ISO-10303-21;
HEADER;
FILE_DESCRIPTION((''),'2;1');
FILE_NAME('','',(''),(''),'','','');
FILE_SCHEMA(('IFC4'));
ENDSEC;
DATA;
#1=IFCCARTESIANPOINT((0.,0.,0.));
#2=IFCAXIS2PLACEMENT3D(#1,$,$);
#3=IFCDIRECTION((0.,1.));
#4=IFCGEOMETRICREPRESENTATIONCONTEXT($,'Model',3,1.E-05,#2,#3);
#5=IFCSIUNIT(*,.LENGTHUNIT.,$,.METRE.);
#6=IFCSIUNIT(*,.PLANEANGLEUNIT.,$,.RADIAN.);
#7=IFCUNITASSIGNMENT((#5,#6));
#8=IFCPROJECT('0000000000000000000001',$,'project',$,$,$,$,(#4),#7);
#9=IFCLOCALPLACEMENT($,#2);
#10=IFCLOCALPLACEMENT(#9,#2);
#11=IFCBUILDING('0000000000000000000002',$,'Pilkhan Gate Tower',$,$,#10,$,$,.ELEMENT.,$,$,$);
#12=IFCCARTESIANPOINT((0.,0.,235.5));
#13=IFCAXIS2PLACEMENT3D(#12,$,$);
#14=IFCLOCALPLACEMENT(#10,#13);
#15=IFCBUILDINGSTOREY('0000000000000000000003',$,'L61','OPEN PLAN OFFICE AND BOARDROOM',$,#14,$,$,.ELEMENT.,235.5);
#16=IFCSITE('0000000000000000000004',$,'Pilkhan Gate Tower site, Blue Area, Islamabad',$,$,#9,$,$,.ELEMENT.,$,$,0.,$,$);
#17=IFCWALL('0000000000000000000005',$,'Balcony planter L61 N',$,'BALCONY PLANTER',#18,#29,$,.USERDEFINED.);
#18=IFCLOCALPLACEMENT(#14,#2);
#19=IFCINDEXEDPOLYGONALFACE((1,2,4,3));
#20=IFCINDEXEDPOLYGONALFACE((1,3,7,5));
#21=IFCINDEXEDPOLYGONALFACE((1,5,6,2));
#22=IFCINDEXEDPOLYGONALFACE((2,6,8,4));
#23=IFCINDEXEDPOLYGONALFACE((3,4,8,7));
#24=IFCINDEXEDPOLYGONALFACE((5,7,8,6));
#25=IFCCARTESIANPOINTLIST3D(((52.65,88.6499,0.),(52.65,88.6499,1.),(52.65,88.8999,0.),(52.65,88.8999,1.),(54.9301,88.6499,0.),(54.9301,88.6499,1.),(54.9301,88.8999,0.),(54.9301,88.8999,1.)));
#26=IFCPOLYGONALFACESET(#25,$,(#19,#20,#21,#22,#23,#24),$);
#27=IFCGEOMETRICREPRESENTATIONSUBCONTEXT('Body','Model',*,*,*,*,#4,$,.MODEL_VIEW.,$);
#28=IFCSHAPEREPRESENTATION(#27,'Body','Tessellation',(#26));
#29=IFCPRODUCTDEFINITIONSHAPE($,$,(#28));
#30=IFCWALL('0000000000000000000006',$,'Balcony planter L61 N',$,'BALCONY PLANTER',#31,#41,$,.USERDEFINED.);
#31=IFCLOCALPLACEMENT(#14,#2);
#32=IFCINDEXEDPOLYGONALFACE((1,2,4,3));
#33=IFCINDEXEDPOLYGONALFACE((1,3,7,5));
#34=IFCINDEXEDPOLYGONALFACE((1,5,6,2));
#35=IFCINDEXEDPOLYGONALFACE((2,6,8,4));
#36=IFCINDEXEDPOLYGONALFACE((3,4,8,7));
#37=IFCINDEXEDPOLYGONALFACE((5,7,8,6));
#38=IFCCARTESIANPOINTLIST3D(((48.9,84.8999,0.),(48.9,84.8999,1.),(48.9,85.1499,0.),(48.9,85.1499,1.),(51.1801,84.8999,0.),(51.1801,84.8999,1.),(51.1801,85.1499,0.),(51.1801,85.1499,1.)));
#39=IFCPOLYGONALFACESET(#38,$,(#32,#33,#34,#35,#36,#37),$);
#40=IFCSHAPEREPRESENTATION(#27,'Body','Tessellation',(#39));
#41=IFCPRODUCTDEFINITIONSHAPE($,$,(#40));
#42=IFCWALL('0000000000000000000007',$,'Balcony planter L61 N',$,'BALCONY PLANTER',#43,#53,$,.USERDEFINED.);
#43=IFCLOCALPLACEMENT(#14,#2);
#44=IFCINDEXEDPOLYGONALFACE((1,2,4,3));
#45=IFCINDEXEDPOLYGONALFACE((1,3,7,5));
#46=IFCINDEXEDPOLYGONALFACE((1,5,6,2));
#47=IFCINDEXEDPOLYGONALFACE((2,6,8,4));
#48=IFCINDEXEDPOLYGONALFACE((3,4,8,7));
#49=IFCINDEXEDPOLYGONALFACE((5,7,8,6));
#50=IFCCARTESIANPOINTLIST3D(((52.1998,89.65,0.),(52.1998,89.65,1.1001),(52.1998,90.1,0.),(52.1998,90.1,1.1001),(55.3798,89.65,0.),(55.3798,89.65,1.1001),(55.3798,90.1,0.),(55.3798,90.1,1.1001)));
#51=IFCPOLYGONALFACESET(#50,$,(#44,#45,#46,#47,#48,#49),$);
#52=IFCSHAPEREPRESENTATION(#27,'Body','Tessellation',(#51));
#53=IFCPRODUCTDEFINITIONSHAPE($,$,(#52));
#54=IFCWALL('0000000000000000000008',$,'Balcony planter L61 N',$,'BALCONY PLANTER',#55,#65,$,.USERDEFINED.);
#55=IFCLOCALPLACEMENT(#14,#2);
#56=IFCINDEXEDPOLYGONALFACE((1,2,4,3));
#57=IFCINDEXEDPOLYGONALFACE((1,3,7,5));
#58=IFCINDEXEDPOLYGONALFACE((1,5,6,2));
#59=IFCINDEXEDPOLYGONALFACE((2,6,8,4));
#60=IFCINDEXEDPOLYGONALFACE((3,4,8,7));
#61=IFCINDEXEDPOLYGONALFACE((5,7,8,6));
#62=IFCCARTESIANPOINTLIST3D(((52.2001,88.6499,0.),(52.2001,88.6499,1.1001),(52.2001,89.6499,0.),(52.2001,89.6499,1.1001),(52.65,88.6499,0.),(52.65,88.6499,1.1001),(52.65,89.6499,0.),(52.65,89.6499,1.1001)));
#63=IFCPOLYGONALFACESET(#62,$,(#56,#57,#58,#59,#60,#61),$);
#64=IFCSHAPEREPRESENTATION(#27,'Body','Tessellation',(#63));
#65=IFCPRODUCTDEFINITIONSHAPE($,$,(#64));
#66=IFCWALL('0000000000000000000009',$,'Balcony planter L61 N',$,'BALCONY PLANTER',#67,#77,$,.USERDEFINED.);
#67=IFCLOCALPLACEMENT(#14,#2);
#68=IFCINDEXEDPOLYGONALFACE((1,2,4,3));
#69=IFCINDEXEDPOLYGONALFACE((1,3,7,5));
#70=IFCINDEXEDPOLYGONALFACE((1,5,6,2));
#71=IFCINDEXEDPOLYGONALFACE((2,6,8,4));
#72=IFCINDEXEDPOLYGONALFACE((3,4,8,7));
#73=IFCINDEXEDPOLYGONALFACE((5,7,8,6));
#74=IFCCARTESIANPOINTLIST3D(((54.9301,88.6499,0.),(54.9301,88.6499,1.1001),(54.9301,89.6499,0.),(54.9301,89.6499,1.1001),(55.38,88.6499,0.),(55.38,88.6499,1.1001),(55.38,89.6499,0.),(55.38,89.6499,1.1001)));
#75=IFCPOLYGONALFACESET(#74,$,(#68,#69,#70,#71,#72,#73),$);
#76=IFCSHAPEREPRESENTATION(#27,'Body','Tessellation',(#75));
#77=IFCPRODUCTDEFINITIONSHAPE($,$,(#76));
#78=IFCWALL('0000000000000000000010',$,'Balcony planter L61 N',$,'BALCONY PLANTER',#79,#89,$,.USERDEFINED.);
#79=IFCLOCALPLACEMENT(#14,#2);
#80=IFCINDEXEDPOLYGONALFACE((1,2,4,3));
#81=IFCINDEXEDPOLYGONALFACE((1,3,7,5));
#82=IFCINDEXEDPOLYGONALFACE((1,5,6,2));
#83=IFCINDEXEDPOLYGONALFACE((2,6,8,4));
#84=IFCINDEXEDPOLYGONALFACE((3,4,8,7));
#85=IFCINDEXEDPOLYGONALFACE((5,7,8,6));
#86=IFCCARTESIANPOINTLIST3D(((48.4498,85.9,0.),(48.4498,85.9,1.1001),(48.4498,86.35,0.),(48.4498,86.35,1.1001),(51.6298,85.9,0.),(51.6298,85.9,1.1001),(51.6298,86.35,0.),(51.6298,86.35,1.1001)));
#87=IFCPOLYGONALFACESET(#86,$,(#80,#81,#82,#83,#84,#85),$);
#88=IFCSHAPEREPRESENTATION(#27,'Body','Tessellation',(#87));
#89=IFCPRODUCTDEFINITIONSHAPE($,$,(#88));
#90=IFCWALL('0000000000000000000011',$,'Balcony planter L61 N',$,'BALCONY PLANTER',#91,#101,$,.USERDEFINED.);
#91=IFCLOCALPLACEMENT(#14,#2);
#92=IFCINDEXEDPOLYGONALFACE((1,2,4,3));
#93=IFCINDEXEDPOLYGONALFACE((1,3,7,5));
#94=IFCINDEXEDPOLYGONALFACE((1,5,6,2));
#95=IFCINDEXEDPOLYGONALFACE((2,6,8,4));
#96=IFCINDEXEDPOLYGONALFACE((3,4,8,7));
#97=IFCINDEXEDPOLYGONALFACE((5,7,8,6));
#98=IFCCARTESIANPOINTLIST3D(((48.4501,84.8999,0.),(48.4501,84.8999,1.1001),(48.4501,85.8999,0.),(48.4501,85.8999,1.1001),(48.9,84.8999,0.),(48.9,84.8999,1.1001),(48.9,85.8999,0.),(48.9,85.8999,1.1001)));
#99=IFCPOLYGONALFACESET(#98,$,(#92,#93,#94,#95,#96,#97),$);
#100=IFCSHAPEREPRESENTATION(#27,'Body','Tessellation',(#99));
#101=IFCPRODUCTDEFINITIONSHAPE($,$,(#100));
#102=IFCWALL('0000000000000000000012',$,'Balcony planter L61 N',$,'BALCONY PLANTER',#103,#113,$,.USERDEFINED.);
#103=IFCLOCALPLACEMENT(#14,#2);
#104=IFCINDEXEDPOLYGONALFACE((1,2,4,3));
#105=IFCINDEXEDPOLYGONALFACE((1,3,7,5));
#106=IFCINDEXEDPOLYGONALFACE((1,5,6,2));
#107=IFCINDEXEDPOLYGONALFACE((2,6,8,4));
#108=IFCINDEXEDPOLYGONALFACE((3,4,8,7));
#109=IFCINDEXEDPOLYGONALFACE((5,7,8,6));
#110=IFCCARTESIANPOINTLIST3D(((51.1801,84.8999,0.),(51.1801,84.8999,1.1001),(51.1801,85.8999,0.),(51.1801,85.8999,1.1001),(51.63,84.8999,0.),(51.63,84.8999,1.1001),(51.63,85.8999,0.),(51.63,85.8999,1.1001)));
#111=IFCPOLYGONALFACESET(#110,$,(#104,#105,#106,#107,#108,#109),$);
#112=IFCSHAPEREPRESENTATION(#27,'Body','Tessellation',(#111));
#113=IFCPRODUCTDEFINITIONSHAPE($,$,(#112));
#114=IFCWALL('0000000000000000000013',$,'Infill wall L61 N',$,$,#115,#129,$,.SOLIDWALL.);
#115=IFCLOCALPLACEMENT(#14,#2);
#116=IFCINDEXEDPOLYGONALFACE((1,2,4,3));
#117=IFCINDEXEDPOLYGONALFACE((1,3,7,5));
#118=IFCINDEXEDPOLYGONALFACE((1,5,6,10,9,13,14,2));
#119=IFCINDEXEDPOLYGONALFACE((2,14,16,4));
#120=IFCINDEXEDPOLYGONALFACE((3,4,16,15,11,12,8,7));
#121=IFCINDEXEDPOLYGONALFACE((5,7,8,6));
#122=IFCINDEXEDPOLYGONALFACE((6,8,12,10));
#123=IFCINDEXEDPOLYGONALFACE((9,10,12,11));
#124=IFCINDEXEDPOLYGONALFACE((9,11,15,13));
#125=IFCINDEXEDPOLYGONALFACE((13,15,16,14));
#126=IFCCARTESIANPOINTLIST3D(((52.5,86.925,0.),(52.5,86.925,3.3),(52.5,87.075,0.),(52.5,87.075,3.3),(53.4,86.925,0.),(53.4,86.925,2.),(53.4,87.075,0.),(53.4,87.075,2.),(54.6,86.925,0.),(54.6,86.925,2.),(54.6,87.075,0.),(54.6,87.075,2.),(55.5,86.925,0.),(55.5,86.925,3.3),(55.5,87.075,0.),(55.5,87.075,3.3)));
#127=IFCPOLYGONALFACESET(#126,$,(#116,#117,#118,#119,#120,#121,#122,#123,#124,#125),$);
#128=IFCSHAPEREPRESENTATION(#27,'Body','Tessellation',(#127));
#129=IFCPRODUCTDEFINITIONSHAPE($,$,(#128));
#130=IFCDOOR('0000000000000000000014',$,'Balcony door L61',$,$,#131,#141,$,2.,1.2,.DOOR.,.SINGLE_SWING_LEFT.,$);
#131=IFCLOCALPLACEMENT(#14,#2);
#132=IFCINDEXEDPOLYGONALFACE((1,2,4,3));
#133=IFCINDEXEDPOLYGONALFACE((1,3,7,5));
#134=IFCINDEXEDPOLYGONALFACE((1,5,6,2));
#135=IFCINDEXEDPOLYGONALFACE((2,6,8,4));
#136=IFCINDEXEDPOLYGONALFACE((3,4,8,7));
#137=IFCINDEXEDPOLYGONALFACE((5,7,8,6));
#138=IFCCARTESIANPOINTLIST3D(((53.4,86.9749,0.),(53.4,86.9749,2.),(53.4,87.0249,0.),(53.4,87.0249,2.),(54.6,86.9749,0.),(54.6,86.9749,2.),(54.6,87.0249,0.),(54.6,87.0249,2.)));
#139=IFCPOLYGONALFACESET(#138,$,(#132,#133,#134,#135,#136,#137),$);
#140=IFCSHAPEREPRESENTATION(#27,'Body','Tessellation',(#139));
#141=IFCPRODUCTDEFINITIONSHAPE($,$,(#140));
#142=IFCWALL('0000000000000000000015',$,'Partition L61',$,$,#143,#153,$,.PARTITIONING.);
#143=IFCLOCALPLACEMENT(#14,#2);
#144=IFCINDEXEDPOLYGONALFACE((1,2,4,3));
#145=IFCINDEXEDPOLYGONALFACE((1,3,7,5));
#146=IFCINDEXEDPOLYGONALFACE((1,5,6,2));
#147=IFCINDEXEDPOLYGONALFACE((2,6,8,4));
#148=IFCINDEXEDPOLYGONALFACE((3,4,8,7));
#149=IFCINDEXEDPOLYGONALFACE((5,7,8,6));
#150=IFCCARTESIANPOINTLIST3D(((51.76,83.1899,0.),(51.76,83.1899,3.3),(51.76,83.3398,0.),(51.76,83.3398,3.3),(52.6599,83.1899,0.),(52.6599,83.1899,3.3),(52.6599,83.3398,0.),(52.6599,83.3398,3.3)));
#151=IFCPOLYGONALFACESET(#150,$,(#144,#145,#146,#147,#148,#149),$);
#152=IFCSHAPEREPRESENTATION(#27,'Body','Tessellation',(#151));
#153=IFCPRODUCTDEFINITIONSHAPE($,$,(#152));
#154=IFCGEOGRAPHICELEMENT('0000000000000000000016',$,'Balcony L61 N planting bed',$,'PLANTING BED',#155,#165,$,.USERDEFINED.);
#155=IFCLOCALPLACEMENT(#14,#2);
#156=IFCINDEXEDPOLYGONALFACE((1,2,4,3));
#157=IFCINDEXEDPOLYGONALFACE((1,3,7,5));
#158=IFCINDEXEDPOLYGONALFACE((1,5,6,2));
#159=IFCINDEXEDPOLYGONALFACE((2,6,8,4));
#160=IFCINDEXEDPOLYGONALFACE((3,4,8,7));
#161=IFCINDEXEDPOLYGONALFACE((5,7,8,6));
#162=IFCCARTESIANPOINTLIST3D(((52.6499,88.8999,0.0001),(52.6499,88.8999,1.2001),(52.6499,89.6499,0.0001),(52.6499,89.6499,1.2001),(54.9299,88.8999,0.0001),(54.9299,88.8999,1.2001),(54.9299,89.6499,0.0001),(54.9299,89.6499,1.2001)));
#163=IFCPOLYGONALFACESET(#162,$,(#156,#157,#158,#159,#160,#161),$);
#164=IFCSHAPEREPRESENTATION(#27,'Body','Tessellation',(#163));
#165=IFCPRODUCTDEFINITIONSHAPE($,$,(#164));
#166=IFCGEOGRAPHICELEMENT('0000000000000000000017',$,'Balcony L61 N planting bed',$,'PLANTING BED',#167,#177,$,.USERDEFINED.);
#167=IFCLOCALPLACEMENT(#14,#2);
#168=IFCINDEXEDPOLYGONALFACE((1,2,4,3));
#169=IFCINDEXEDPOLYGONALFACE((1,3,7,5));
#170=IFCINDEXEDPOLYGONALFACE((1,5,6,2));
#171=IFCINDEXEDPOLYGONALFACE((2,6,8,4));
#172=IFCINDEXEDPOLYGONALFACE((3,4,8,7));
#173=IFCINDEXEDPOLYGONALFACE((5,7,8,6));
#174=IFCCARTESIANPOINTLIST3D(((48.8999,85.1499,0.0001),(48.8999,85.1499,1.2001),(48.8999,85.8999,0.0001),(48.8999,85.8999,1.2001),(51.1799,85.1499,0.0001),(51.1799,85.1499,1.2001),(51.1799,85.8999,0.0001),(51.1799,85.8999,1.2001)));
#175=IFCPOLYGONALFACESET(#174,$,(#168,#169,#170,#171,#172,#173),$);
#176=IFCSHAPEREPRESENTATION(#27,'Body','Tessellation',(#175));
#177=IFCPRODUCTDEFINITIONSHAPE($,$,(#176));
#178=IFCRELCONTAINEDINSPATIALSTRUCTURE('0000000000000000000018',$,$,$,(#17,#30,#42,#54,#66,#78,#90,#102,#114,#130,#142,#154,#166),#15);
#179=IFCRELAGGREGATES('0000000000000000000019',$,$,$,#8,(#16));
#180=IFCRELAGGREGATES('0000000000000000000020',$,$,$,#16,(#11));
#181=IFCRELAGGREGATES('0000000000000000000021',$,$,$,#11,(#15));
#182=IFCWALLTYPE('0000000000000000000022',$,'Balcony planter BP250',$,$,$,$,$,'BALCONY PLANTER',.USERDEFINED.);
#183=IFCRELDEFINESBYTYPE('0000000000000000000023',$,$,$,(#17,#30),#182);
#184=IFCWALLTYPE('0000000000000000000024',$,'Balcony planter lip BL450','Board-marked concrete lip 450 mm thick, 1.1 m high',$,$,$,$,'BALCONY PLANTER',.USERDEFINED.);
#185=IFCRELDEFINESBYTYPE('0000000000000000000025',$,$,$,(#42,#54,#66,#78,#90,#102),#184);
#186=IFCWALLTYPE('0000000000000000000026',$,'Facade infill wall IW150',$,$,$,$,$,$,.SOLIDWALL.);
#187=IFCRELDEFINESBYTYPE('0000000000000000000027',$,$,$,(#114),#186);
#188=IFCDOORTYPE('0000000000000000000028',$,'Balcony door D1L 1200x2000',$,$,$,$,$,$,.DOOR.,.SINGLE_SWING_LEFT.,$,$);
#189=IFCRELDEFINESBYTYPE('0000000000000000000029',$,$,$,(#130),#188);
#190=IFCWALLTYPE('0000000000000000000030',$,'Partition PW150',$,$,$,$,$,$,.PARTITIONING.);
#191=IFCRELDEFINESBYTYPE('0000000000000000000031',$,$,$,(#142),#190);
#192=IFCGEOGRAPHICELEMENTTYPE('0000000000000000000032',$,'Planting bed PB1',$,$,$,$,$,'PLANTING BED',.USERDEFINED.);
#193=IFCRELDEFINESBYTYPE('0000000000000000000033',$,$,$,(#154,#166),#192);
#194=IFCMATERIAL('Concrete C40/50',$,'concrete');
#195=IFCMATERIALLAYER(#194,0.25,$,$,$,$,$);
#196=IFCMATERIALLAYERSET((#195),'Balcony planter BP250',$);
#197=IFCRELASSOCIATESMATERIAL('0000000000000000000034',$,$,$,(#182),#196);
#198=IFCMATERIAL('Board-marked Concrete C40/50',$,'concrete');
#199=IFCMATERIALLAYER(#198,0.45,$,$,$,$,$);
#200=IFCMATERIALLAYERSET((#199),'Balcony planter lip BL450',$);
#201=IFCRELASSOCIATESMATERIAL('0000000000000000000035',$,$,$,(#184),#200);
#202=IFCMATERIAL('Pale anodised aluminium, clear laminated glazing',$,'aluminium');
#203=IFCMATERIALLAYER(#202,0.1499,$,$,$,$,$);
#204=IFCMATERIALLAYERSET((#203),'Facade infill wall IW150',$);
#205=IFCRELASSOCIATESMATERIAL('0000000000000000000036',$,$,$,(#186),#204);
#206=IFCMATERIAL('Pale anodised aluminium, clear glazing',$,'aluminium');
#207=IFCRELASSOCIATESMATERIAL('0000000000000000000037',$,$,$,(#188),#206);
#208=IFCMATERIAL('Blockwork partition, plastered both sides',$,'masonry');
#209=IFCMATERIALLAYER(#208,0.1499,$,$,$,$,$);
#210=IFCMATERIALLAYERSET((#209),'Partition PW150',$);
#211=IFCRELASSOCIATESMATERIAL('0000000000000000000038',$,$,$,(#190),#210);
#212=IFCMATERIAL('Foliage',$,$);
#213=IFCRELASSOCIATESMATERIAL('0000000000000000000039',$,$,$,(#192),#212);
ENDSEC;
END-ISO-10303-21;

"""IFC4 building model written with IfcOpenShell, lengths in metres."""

from ifc_helpers import new_model, si_unit, direction, frame, frame_2d, origin, origin_2d, place, context, subcontext, project, spatial, rectangle, extrude, material, layer, layer_set, material_profile, profile_set, type_object, element, fill, save


model = new_model("IFC4")

# Units and contexts
model_context = context("Model", 3, precision=1e-05, world=origin(), true_north=direction((0.0, 1.0)))
body_context = subcontext(model_context, "Body", "Model", "MODEL_VIEW")
ifc_project = project(units=[si_unit("LENGTHUNIT", "METRE"), si_unit("PLANEANGLEUNIT", "RADIAN")], contexts=[model_context])

# Site, building, storey
site_placement = place(None, origin())
site = spatial("IfcSite", under=ifc_project, at=site_placement, Name="Pilkhan Gate Tower site, Blue Area, Islamabad", CompositionType="ELEMENT", RefElevation=0.0)
building_placement = place(site_placement, origin())
building = spatial("IfcBuilding", under=site, at=building_placement, Name="Pilkhan Gate Tower", CompositionType="ELEMENT")
storey_placement = place(building_placement, frame((0.0, 0.0, 235.5)))
storey = spatial("IfcBuildingStorey", under=building, at=storey_placement, Name="L61", Description="OPEN PLAN OFFICE AND BOARDROOM", CompositionType="ELEMENT", Elevation=235.5)

# Walls
ifc_material_1 = material(Name="Concrete C40/50", Category="concrete")
ifc_layer_1 = layer(ifc_material_1, 0.25)
ifc_layer_set_1 = layer_set([ifc_layer_1], Name="Balcony planter BP250")
wall_type_1 = type_object("IfcWallType", Name="Balcony planter BP250", ElementType="BALCONY PLANTER", PredefinedType="USERDEFINED", material=ifc_layer_set_1)
for number, where, z_axis, x_axis, name in (
    (1, (52.6499, 88.7749, 0.0), (0.0, 0.0, 1.0), (1.0, 0.0, 0.0), "Balcony planter L61 N"),
    (2, (48.8999, 85.0249, 0.0), (0.0, 0.0, 1.0), (1.0, 0.0, 0.0), "Balcony planter L61 N"),
):
    element("IfcWall", number, at=place(storey_placement, frame(where, z_axis=z_axis, x_axis=x_axis)), inside=storey, type_object=wall_type_1, Name=name, ObjectType="BALCONY PLANTER", PredefinedType="USERDEFINED", context=body_context, shape_type="SweptSolid", body=[
        extrude(rectangle(XDim=2.28, YDim=0.25, at=frame_2d((1.1401, 0.0))), origin(), (0.0, 0.0, 1.0), 1.0),
    ])
ifc_material_2 = material(Name="Board-marked Concrete C40/50", Category="concrete")
ifc_layer_2 = layer(ifc_material_2, 0.45)
ifc_layer_set_2 = layer_set([ifc_layer_2], Name="Balcony planter lip BL450")
wall_type_2 = type_object("IfcWallType", Name="Balcony planter lip BL450", Description="Board-marked concrete lip 450 mm thick, 1.1 m high", ElementType="BALCONY PLANTER", PredefinedType="USERDEFINED", material=ifc_layer_set_2)
wall_1_placement = place(storey_placement, frame((52.2, 89.875, 0.0), z_axis=(0.0, 0.0, 1.0), x_axis=(1.0, 0.0, 0.0)))
element("IfcWall", 3, at=wall_1_placement, inside=storey, type_object=wall_type_2, Name="Balcony planter L61 N", ObjectType="BALCONY PLANTER", PredefinedType="USERDEFINED", context=body_context, shape_type="SweptSolid", body=[
    extrude(rectangle(XDim=3.1799, YDim=0.45, at=frame_2d((1.5898, 0.0))), origin(), (0.0, 0.0, 1.0), 1.1001),
])
for number, where, z_axis, x_axis, name in (
    (4, (52.425, 88.6499, 0.0), (0.0, 0.0, 1.0), (0.0, 1.0, 0.0), "Balcony planter L61 N"),
    (5, (55.155, 88.6499, 0.0), (0.0, 0.0, 1.0), (0.0, 1.0, 0.0), "Balcony planter L61 N"),
):
    element("IfcWall", number, at=place(storey_placement, frame(where, z_axis=z_axis, x_axis=x_axis)), inside=storey, type_object=wall_type_2, Name=name, ObjectType="BALCONY PLANTER", PredefinedType="USERDEFINED", context=body_context, shape_type="SweptSolid", body=[
        extrude(rectangle(XDim=1.0, YDim=0.45, at=frame_2d((0.5, 0.0))), origin(), (0.0, 0.0, 1.0), 1.1001),
    ])
wall_2_placement = place(storey_placement, frame((48.45, 86.125, 0.0), z_axis=(0.0, 0.0, 1.0), x_axis=(1.0, 0.0, 0.0)))
element("IfcWall", 6, at=wall_2_placement, inside=storey, type_object=wall_type_2, Name="Balcony planter L61 N", ObjectType="BALCONY PLANTER", PredefinedType="USERDEFINED", context=body_context, shape_type="SweptSolid", body=[
    extrude(rectangle(XDim=3.1799, YDim=0.45, at=frame_2d((1.5898, 0.0))), origin(), (0.0, 0.0, 1.0), 1.1001),
])
for number, where, z_axis, x_axis, name in (
    (7, (48.675, 84.8999, 0.0), (0.0, 0.0, 1.0), (0.0, 1.0, 0.0), "Balcony planter L61 N"),
    (8, (51.405, 84.8999, 0.0), (0.0, 0.0, 1.0), (0.0, 1.0, 0.0), "Balcony planter L61 N"),
):
    element("IfcWall", number, at=place(storey_placement, frame(where, z_axis=z_axis, x_axis=x_axis)), inside=storey, type_object=wall_type_2, Name=name, ObjectType="BALCONY PLANTER", PredefinedType="USERDEFINED", context=body_context, shape_type="SweptSolid", body=[
        extrude(rectangle(XDim=1.0, YDim=0.45, at=frame_2d((0.5, 0.0))), origin(), (0.0, 0.0, 1.0), 1.1001),
    ])

# Wall, opening, door
ifc_material_3 = material(Name="Pale anodised aluminium, clear laminated glazing", Category="aluminium")
ifc_layer_3 = layer(ifc_material_3, 0.1499)
ifc_layer_set_3 = layer_set([ifc_layer_3], Name="Facade infill wall IW150")
wall_type_3 = type_object("IfcWallType", Name="Facade infill wall IW150", PredefinedType="SOLIDWALL", material=ifc_layer_set_3)
wall_3_placement = place(storey_placement, frame((52.5, 87.0, 0.0), z_axis=(0.0, 0.0, 1.0), x_axis=(1.0, 0.0, 0.0)))
wall_3 = element("IfcWall", 9, at=wall_3_placement, inside=storey, type_object=wall_type_3, Name="Infill wall L61 N", PredefinedType="SOLIDWALL", context=body_context, shape_type="SweptSolid", body=[
    extrude(rectangle(XDim=3.0, YDim=0.1499, at=frame_2d((1.5, 0.0))), origin(), (0.0, 0.0, 1.0), 3.3),
])
opening_placement = place(wall_3_placement, frame((0.8999, 0.0, 0.0)))
opening = element("IfcOpeningElement", 10, at=opening_placement, cuts=wall_3, PredefinedType="OPENING", context=body_context, shape_type="SweptSolid", body=[
    extrude(rectangle(XDim=1.2, YDim=2.0, at=frame_2d((0.6001, 1.0))), frame((0.0, 0.085, 0.0), z_axis=(0.0, -1.0, 0.0), x_axis=(1.0, 0.0, 0.0)), (0.0, 0.0, 1.0), 0.1699),
])
ifc_material_4 = material(Name="Pale anodised aluminium, clear glazing", Category="aluminium")
door_type = type_object("IfcDoorType", Name="Balcony door D1L 1200x2000", OperationType="SINGLE_SWING_LEFT", PredefinedType="DOOR", material=ifc_material_4)
door_placement = place(opening_placement, origin())
door = element("IfcDoor", 11, at=door_placement, inside=storey, type_object=door_type, Name="Balcony door L61", OperationType="SINGLE_SWING_LEFT", OverallHeight=2.0, OverallWidth=1.2, PredefinedType="DOOR", context=body_context, shape_type="SweptSolid", body=[
    extrude(rectangle(XDim=1.2, YDim=2.0, at=frame_2d((0.6001, 1.0))), frame((0.0, 0.0249, 0.0), z_axis=(0.0, -1.0, 0.0), x_axis=(1.0, 0.0, 0.0)), (0.0, 0.0, 1.0), 0.05),
])
fill(opening, door)

# Wall
ifc_material_5 = material(Name="Blockwork partition, plastered both sides", Category="masonry")
ifc_layer_4 = layer(ifc_material_5, 0.1499)
ifc_layer_set_4 = layer_set([ifc_layer_4], Name="Partition PW150")
wall_type_4 = type_object("IfcWallType", Name="Partition PW150", PredefinedType="PARTITIONING", material=ifc_layer_set_4)
wall_4_placement = place(storey_placement, frame((51.76, 83.2649, 0.0), z_axis=(0.0, 0.0, 1.0), x_axis=(1.0, 0.0, 0.0)))
element("IfcWall", 12, at=wall_4_placement, inside=storey, type_object=wall_type_4, Name="Partition L61", PredefinedType="PARTITIONING", context=body_context, shape_type="SweptSolid", body=[
    extrude(rectangle(XDim=0.8999, YDim=0.1499, at=frame_2d((0.45, 0.0))), origin(), (0.0, 0.0, 1.0), 3.3),
])

# Geographic elements
ifc_material_6 = material(Name="Foliage")
ifc_material_profile_1 = material_profile(ifc_material_6, rectangle(XDim=0.75, YDim=1.2, at=origin_2d()), Name="Bed 750x1200")
ifc_profile_set_1 = profile_set([ifc_material_profile_1], Name="Foliage")
geographic_element_type_1 = type_object("IfcGeographicElementType", Name="Planting bed PB1", ElementType="PLANTING BED", PredefinedType="USERDEFINED", material=ifc_profile_set_1)
for number, where, z_axis, x_axis, name in (
    (13, (52.6499, 89.2749, 0.6001), (1.0, 0.0, 0.0), (0.0, 1.0, 0.0), "Balcony L61 N planting bed"),
    (14, (48.8999, 85.5249, 0.6001), (1.0, 0.0, 0.0), (0.0, 1.0, 0.0), "Balcony L61 N planting bed"),
):
    element("IfcGeographicElement", number, at=place(storey_placement, frame(where, z_axis=z_axis, x_axis=x_axis)), inside=storey, type_object=geographic_element_type_1, Name=name, ObjectType="PLANTING BED", PredefinedType="USERDEFINED", context=body_context, shape_type="SweptSolid", body=[
        extrude(rectangle(XDim=0.75, YDim=1.2, at=origin_2d()), origin(), (0.0, 0.0, 1.0), 2.28),
    ])

save(model, "model.ifc")
